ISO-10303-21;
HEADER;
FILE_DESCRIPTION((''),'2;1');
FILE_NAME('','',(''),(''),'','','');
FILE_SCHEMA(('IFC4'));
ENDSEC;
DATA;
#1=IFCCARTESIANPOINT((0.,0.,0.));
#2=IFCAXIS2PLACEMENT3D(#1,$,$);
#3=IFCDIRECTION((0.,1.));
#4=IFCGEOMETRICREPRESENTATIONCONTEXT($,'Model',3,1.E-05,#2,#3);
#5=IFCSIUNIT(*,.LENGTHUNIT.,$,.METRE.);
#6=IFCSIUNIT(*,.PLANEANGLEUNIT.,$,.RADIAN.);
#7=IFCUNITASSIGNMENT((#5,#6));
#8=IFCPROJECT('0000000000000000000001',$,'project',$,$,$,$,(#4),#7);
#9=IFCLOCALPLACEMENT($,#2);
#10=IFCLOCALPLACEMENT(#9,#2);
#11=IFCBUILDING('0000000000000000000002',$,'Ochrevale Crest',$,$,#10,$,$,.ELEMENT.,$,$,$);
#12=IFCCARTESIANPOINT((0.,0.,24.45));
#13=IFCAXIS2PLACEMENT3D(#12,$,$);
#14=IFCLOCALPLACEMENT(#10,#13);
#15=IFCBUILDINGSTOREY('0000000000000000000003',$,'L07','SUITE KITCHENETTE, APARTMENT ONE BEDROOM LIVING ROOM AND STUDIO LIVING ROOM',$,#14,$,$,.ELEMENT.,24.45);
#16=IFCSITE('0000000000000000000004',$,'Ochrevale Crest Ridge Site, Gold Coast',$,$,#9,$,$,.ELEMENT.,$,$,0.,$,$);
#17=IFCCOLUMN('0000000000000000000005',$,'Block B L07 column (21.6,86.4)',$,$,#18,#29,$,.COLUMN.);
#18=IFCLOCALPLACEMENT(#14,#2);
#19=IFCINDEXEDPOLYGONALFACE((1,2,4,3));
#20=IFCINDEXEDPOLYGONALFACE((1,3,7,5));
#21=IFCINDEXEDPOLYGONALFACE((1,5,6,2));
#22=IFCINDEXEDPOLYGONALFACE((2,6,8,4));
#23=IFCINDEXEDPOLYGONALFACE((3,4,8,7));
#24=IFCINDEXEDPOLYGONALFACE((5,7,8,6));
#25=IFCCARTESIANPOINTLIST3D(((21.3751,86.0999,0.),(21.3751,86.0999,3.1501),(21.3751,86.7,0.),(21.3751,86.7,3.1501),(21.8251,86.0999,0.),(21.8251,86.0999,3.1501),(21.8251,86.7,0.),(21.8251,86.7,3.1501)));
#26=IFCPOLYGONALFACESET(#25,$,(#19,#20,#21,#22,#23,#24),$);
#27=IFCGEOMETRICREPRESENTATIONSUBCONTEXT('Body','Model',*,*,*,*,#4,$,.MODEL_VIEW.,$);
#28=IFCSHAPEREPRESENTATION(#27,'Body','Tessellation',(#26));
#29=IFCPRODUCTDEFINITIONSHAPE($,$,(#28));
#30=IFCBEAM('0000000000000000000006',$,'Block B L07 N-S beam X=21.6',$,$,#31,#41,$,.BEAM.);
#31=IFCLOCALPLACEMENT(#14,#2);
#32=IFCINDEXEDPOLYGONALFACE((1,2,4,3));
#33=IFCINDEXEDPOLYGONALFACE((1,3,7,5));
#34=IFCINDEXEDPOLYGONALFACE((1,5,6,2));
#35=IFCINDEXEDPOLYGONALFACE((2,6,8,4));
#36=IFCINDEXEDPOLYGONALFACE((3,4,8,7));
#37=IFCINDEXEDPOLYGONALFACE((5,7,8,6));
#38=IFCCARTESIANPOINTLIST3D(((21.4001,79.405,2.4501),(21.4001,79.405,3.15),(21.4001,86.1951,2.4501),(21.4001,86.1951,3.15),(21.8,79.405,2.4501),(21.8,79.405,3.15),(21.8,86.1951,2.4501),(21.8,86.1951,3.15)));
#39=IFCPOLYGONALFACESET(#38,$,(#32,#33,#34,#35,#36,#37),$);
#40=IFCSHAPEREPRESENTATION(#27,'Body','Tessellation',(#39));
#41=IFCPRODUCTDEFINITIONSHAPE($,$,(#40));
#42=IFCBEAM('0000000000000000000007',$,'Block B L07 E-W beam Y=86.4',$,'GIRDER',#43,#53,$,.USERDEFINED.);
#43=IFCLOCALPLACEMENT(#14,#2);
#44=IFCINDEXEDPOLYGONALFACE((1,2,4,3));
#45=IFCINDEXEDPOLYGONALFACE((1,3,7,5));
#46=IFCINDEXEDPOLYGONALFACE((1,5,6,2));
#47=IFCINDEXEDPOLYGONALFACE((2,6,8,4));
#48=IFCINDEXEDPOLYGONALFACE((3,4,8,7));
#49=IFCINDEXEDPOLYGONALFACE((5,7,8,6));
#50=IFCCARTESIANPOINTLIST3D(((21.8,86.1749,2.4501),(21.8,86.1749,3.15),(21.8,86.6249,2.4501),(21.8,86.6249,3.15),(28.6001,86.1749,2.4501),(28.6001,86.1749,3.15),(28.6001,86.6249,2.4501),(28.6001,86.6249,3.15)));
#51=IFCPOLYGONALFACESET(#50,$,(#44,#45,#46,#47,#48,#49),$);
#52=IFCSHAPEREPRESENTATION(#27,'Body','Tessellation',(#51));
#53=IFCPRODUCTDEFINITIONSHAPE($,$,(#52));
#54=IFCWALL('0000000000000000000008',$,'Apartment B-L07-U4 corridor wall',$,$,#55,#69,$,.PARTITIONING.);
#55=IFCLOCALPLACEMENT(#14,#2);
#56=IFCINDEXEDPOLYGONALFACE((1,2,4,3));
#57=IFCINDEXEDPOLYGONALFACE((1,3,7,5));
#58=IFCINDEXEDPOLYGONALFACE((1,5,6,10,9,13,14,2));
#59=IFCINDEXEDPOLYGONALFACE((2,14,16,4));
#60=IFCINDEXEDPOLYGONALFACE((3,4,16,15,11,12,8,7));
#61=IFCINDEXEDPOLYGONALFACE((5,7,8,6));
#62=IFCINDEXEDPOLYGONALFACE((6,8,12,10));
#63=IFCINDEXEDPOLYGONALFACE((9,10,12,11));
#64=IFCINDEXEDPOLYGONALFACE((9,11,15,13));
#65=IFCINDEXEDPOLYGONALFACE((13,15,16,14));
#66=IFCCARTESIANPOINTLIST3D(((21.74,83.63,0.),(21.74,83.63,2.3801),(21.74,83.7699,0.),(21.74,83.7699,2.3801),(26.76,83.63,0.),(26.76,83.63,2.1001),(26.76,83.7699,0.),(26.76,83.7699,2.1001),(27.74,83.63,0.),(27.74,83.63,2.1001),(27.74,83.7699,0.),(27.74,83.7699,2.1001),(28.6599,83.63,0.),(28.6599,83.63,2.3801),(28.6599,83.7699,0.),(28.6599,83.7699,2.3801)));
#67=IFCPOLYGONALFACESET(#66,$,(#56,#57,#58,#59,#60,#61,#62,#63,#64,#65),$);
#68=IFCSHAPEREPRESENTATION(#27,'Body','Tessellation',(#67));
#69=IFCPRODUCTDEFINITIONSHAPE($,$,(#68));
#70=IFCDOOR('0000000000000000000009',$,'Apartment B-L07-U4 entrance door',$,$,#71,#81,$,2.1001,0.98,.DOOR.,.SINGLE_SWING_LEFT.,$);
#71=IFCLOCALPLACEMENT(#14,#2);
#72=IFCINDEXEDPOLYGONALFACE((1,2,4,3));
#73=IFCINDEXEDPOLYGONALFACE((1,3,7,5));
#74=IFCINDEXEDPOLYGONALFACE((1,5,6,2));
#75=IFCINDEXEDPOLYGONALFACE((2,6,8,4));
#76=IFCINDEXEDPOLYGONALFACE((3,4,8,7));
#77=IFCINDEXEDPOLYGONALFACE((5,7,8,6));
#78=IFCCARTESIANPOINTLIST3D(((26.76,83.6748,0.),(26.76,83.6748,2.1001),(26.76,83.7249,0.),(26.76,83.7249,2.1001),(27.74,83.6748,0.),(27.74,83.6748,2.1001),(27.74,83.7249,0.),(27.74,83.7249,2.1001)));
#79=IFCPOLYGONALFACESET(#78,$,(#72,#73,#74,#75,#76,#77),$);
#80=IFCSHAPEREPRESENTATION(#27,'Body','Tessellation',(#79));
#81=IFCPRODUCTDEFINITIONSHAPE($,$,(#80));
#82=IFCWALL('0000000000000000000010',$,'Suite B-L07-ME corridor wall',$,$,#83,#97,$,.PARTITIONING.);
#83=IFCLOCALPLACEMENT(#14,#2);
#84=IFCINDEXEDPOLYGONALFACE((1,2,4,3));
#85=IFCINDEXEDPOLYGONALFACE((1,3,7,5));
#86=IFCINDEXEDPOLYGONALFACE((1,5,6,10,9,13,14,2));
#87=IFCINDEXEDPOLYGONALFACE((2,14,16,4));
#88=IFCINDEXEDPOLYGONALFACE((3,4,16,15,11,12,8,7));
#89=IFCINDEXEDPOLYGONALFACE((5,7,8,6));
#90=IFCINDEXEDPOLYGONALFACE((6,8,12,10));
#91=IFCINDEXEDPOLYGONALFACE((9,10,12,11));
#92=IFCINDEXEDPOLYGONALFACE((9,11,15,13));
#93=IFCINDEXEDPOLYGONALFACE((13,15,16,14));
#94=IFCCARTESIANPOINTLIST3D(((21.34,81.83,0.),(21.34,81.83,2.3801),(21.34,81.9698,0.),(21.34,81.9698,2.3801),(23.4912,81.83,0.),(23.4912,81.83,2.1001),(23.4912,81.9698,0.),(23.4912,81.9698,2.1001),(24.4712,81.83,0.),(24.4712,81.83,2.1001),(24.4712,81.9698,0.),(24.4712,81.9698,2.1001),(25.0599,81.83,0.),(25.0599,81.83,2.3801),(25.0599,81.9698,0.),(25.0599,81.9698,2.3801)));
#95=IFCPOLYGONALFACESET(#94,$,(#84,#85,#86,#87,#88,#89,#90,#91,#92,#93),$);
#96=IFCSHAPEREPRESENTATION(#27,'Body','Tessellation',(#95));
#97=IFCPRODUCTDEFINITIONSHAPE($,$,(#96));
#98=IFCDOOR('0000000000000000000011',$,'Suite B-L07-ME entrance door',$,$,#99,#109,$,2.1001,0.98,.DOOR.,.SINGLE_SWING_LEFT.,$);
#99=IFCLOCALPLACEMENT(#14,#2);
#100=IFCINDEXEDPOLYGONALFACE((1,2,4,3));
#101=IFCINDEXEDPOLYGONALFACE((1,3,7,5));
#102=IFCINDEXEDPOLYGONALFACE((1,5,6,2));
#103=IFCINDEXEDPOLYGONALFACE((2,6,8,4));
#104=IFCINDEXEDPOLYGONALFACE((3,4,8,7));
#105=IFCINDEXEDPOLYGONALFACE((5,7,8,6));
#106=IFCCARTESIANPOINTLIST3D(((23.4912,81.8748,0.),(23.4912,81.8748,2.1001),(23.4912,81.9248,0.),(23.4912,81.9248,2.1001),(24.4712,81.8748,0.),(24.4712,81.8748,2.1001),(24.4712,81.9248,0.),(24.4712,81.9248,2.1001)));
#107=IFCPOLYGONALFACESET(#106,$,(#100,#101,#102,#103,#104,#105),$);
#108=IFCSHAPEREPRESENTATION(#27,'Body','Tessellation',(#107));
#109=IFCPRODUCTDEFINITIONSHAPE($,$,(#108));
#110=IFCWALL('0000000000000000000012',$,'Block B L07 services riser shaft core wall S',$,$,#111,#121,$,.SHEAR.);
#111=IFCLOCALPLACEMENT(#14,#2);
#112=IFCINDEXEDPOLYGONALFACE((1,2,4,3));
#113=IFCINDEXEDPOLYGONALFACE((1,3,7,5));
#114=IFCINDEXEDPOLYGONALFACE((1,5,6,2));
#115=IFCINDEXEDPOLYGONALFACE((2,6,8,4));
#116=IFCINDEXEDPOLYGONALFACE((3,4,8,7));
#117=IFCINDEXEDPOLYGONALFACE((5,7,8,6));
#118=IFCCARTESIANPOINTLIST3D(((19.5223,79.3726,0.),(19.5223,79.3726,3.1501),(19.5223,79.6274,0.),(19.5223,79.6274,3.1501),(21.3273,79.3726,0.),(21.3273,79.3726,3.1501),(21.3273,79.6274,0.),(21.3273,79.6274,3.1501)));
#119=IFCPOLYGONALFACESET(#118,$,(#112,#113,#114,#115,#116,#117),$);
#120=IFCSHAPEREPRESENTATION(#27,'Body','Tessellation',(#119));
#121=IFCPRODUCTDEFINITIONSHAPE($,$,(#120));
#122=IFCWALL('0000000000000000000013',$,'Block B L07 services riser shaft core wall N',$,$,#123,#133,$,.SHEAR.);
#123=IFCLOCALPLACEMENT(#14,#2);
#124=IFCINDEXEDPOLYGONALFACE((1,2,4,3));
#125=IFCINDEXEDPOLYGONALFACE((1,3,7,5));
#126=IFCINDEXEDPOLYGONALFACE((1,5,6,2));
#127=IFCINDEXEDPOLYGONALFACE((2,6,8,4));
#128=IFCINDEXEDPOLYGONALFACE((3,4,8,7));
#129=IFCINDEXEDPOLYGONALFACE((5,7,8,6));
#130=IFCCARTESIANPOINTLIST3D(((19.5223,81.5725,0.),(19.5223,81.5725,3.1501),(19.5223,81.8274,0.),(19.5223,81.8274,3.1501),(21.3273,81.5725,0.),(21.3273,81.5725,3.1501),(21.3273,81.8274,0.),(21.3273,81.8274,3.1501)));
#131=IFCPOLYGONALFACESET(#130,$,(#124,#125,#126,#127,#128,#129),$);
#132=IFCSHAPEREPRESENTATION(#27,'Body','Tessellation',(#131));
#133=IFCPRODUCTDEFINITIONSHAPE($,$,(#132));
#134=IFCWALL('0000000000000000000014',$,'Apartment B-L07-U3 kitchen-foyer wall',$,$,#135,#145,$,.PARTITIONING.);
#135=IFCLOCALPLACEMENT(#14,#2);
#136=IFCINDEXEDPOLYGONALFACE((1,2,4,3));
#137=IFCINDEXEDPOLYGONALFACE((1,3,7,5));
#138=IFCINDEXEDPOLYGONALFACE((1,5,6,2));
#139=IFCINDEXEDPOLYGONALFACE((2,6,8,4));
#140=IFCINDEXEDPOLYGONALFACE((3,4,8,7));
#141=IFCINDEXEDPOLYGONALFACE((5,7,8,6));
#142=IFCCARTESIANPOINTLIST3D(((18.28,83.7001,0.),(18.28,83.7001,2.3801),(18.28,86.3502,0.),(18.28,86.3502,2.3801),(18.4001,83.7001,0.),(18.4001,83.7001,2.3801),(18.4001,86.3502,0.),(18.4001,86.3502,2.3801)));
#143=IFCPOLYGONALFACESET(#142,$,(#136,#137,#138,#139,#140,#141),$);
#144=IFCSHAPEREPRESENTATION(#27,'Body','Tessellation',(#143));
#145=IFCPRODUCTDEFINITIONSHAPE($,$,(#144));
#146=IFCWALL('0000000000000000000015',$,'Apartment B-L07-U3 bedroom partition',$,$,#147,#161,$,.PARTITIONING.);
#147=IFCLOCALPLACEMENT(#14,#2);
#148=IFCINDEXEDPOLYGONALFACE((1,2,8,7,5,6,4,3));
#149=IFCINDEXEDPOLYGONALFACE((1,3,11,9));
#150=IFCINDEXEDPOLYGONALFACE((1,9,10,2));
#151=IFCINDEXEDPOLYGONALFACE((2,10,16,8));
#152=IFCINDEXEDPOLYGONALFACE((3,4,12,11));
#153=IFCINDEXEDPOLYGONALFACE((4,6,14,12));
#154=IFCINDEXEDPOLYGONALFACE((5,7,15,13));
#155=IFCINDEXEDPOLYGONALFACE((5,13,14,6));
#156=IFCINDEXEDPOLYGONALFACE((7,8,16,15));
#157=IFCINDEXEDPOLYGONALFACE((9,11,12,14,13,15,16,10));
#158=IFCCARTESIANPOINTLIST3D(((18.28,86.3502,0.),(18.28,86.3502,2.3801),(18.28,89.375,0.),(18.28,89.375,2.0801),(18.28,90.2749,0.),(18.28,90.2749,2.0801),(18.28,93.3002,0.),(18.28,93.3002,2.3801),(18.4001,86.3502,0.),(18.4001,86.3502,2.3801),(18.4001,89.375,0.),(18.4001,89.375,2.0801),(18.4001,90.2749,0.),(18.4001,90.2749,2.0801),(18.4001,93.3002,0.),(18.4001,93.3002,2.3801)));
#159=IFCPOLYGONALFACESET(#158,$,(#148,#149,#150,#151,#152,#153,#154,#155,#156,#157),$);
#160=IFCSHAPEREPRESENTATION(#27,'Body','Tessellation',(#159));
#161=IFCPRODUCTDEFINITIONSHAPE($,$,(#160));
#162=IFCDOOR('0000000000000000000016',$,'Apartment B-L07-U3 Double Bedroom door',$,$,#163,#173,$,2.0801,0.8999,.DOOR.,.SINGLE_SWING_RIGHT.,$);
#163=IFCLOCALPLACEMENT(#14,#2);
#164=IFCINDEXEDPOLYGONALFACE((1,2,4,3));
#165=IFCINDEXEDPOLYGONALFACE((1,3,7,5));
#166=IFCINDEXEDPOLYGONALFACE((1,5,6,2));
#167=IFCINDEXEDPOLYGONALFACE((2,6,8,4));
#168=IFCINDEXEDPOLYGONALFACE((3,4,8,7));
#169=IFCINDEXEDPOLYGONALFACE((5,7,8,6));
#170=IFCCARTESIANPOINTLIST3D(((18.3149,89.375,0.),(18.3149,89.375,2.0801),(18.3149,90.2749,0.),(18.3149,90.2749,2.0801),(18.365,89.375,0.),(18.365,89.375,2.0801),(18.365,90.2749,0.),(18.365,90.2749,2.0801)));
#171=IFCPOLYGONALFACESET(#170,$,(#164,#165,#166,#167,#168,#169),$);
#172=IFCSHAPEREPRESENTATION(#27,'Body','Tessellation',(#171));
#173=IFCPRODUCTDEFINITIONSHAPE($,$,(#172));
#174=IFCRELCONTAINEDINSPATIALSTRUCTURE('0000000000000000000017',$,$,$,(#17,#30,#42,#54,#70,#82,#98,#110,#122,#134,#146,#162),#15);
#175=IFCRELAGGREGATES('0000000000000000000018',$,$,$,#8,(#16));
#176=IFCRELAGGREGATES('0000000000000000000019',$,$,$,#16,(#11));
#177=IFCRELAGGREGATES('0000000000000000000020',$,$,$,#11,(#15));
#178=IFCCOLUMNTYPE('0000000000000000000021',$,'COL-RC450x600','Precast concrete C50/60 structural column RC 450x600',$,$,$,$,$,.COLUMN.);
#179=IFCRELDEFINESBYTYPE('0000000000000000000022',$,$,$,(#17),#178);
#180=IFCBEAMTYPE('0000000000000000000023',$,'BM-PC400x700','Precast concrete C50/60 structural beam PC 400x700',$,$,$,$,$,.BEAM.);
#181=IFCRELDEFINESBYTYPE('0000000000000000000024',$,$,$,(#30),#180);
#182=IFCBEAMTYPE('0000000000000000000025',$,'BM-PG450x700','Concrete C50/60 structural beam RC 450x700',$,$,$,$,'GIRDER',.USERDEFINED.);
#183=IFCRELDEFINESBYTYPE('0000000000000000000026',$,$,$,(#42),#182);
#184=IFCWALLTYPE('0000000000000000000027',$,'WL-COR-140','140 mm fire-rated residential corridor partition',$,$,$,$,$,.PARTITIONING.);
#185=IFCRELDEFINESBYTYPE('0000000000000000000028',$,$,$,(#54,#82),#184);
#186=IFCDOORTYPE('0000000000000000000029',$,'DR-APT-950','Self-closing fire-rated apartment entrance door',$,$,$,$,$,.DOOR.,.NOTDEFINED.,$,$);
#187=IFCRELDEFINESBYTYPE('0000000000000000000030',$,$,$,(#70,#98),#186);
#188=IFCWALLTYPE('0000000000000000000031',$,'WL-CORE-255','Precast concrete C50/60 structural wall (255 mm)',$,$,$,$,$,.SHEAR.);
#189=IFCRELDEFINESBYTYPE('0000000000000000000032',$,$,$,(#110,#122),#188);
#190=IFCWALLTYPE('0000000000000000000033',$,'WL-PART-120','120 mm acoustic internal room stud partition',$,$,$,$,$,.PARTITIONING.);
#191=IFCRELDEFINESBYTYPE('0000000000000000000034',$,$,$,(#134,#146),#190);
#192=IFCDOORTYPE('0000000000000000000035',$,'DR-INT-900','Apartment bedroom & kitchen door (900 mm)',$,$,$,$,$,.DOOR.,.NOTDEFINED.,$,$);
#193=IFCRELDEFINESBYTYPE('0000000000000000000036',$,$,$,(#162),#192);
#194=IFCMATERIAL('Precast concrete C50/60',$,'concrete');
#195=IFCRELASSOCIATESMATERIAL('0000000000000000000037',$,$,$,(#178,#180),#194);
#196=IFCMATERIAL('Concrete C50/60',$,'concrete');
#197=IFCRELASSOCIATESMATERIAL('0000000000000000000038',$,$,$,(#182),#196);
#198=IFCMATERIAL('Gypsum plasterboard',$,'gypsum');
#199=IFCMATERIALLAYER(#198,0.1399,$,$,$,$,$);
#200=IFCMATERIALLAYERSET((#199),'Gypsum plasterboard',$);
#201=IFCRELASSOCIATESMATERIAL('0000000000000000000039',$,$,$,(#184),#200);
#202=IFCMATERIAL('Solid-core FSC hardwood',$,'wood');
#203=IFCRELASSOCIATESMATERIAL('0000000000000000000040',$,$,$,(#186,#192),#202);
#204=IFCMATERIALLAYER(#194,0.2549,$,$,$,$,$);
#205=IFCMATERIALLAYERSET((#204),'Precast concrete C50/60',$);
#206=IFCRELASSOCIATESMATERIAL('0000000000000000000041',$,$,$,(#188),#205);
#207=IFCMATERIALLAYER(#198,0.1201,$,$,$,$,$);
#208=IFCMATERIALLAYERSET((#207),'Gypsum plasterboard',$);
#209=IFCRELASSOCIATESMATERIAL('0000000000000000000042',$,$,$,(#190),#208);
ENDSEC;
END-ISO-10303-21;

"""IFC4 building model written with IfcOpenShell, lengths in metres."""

from ifc_helpers import new_model, si_unit, direction, frame, frame_2d, origin, origin_2d, place, context, subcontext, project, spatial, rectangle, extrude, material, layer, layer_set, material_profile, profile_set, type_object, element, fill, save


model = new_model("IFC4")

# Units and contexts
model_context = context("Model", 3, precision=1e-05, world=origin(), true_north=direction((0.0, 1.0)))
body_context = subcontext(model_context, "Body", "Model", "MODEL_VIEW")
ifc_project = project(units=[si_unit("LENGTHUNIT", "METRE"), si_unit("PLANEANGLEUNIT", "RADIAN")], contexts=[model_context])

# Site, building, storey
site_placement = place(None, origin())
site = spatial("IfcSite", under=ifc_project, at=site_placement, Name="Ochrevale Crest Ridge Site, Gold Coast", CompositionType="ELEMENT", RefElevation=0.0)
building_placement = place(site_placement, origin())
building = spatial("IfcBuilding", under=site, at=building_placement, Name="Ochrevale Crest", CompositionType="ELEMENT")
storey_placement = place(building_placement, frame((0.0, 0.0, 24.45)))
storey = spatial("IfcBuildingStorey", under=building, at=storey_placement, Name="L07", Description="SUITE KITCHENETTE, APARTMENT ONE BEDROOM LIVING ROOM AND STUDIO LIVING ROOM", CompositionType="ELEMENT", Elevation=24.45)

# Column
ifc_material_1 = material(Name="Precast concrete C50/60", Category="concrete")
ifc_material_profile_1 = material_profile(ifc_material_1, rectangle(XDim=0.45, YDim=0.6001, at=origin_2d()), Name="RC 450x600")
ifc_profile_set_1 = profile_set([ifc_material_profile_1], Name="Precast concrete C50/60")
column_type = type_object("IfcColumnType", Name="COL-RC450x600", Description="Precast concrete C50/60 structural column RC 450x600", PredefinedType="COLUMN", material=ifc_profile_set_1)
column_placement = place(storey_placement, frame((21.6001, 86.3999, 0.0), z_axis=(0.0, 0.0, 1.0), x_axis=(1.0, 0.0, 0.0)))
element("IfcColumn", 1, at=column_placement, inside=storey, type_object=column_type, Name="Block B L07 column (21.6,86.4)", PredefinedType="COLUMN", context=body_context, shape_type="SweptSolid", body=[
    extrude(rectangle(XDim=0.45, YDim=0.6001, at=origin_2d()), origin(), (0.0, 0.0, 1.0), 3.1501),
])

# Beams
ifc_material_profile_2 = material_profile(ifc_material_1, rectangle(XDim=0.3999, YDim=0.7, at=origin_2d()), Name="PC 400x700")
ifc_profile_set_2 = profile_set([ifc_material_profile_2], Name="Precast concrete C50/60")
beam_type_1 = type_object("IfcBeamType", Name="BM-PC400x700", Description="Precast concrete C50/60 structural beam PC 400x700", PredefinedType="BEAM", material=ifc_profile_set_2)
beam_1_placement = place(storey_placement, frame((21.6001, 79.405, 2.8), z_axis=(0.0, 1.0, 0.0), x_axis=(-1.0, 0.0, 0.0)))
element("IfcBeam", 2, at=beam_1_placement, inside=storey, type_object=beam_type_1, Name="Block B L07 N-S beam X=21.6", PredefinedType="BEAM", context=body_context, shape_type="SweptSolid", body=[
    extrude(rectangle(XDim=0.3999, YDim=0.7, at=origin_2d()), origin(), (0.0, 0.0, 1.0), 6.79),
])
ifc_material_2 = material(Name="Concrete C50/60", Category="concrete")
ifc_material_profile_3 = material_profile(ifc_material_2, rectangle(XDim=0.45, YDim=0.7, at=origin_2d()), Name="RC 450x700")
ifc_profile_set_3 = profile_set([ifc_material_profile_3], Name="Concrete C50/60")
beam_type_2 = type_object("IfcBeamType", Name="BM-PG450x700", Description="Concrete C50/60 structural beam RC 450x700", ElementType="GIRDER", PredefinedType="USERDEFINED", material=ifc_profile_set_3)
beam_2_placement = place(storey_placement, frame((21.8, 86.3999, 2.8), z_axis=(1.0, 0.0, 0.0), x_axis=(0.0, 1.0, 0.0)))
element("IfcBeam", 3, at=beam_2_placement, inside=storey, type_object=beam_type_2, Name="Block B L07 E-W beam Y=86.4", ObjectType="GIRDER", PredefinedType="USERDEFINED", context=body_context, shape_type="SweptSolid", body=[
    extrude(rectangle(XDim=0.45, YDim=0.7, at=origin_2d()), origin(), (0.0, 0.0, 1.0), 6.8),
])

# Walls, openings, doors
ifc_material_3 = material(Name="Gypsum plasterboard", Category="gypsum")
ifc_layer_1 = layer(ifc_material_3, 0.1399)
ifc_layer_set_1 = layer_set([ifc_layer_1], Name="Gypsum plasterboard")
wall_type_1 = type_object("IfcWallType", Name="WL-COR-140", Description="140 mm fire-rated residential corridor partition", PredefinedType="PARTITIONING", material=ifc_layer_set_1)
wall_1_placement = place(storey_placement, frame((21.74, 83.7, 0.0), z_axis=(0.0, 0.0, 1.0), x_axis=(1.0, 0.0, 0.0)))
wall_1 = element("IfcWall", 4, at=wall_1_placement, inside=storey, type_object=wall_type_1, Name="Apartment B-L07-U4 corridor wall", PredefinedType="PARTITIONING", context=body_context, shape_type="SweptSolid", body=[
    extrude(rectangle(XDim=6.9199, YDim=0.1399, at=frame_2d((3.46, 0.0))), origin(), (0.0, 0.0, 1.0), 2.3801),
])
opening_1_placement = place(wall_1_placement, frame((5.02, 0.0, 0.0)))
opening_1 = element("IfcOpeningElement", 5, at=opening_1_placement, cuts=wall_1, PredefinedType="OPENING", context=body_context, shape_type="SweptSolid", body=[
    extrude(rectangle(XDim=0.98, YDim=2.1001, at=frame_2d((0.49, 1.05))), frame((0.0, 0.0801, 0.0), z_axis=(0.0, -1.0, 0.0), x_axis=(1.0, 0.0, 0.0)), (0.0, 0.0, 1.0), 0.1599),
])
ifc_material_4 = material(Name="Solid-core FSC hardwood", Category="wood")
door_type_1 = type_object("IfcDoorType", Name="DR-APT-950", Description="Self-closing fire-rated apartment entrance door", OperationType="NOTDEFINED", PredefinedType="DOOR", material=ifc_material_4)
door_1_placement = place(opening_1_placement, origin())
door_1 = element("IfcDoor", 6, at=door_1_placement, inside=storey, type_object=door_type_1, Name="Apartment B-L07-U4 entrance door", OperationType="SINGLE_SWING_LEFT", OverallHeight=2.1001, OverallWidth=0.98, PredefinedType="DOOR", context=body_context, shape_type="SweptSolid", body=[
    extrude(rectangle(XDim=0.98, YDim=2.1001, at=frame_2d((0.49, 1.05))), frame((0.0, 0.0249, 0.0), z_axis=(0.0, -1.0, 0.0), x_axis=(1.0, 0.0, 0.0)), (0.0, 0.0, 1.0), 0.05),
])
fill(opening_1, door_1)
wall_2_placement = place(storey_placement, frame((21.3401, 81.8999, 0.0), z_axis=(0.0, 0.0, 1.0), x_axis=(1.0, 0.0, 0.0)))
wall_2 = element("IfcWall", 7, at=wall_2_placement, inside=storey, type_object=wall_type_1, Name="Suite B-L07-ME corridor wall", PredefinedType="PARTITIONING", context=body_context, shape_type="SweptSolid", body=[
    extrude(rectangle(XDim=3.72, YDim=0.1399, at=frame_2d((1.8599, 0.0))), origin(), (0.0, 0.0, 1.0), 2.3801),
])
opening_2_placement = place(wall_2_placement, frame((2.1511, 0.0, 0.0)))
opening_2 = element("IfcOpeningElement", 8, at=opening_2_placement, cuts=wall_2, PredefinedType="OPENING", context=body_context, shape_type="SweptSolid", body=[
    extrude(rectangle(XDim=0.98, YDim=2.1001, at=frame_2d((0.49, 1.05))), frame((0.0, 0.0801, 0.0), z_axis=(0.0, -1.0, 0.0), x_axis=(1.0, 0.0, 0.0)), (0.0, 0.0, 1.0), 0.1599),
])
door_2_placement = place(opening_2_placement, origin())
door_2 = element("IfcDoor", 9, at=door_2_placement, inside=storey, type_object=door_type_1, Name="Suite B-L07-ME entrance door", OperationType="SINGLE_SWING_LEFT", OverallHeight=2.1001, OverallWidth=0.98, PredefinedType="DOOR", context=body_context, shape_type="SweptSolid", body=[
    extrude(rectangle(XDim=0.98, YDim=2.1001, at=frame_2d((0.49, 1.05))), frame((0.0, 0.0249, 0.0), z_axis=(0.0, -1.0, 0.0), x_axis=(1.0, 0.0, 0.0)), (0.0, 0.0, 1.0), 0.05),
])
fill(opening_2, door_2)
ifc_layer_2 = layer(ifc_material_1, 0.2549)
ifc_layer_set_2 = layer_set([ifc_layer_2], Name="Precast concrete C50/60")
wall_type_2 = type_object("IfcWallType", Name="WL-CORE-255", Description="Precast concrete C50/60 structural wall (255 mm)", PredefinedType="SHEAR", material=ifc_layer_set_2)

# Walls
for number, where, z_axis, x_axis, name in (
    (10, (19.5225, 79.5, 0.0), (0.0, 0.0, 1.0), (1.0, 0.0, 0.0), "Block B L07 services riser shaft core wall S"),
    (11, (19.5225, 81.7, 0.0), (0.0, 0.0, 1.0), (1.0, 0.0, 0.0), "Block B L07 services riser shaft core wall N"),
):
    element("IfcWall", number, at=place(storey_placement, frame(where, z_axis=z_axis, x_axis=x_axis)), inside=storey, type_object=wall_type_2, Name=name, PredefinedType="SHEAR", context=body_context, shape_type="SweptSolid", body=[
        extrude(rectangle(XDim=1.8049, YDim=0.2549, at=frame_2d((0.9023, 0.0))), origin(), (0.0, 0.0, 1.0), 3.1501),
    ])
ifc_layer_3 = layer(ifc_material_3, 0.1201)
ifc_layer_set_3 = layer_set([ifc_layer_3], Name="Gypsum plasterboard")
wall_type_3 = type_object("IfcWallType", Name="WL-PART-120", Description="120 mm acoustic internal room stud partition", PredefinedType="PARTITIONING", material=ifc_layer_set_3)
wall_3_placement = place(storey_placement, frame((18.3401, 83.7, 0.0), z_axis=(0.0, 0.0, 1.0), x_axis=(0.0, 1.0, 0.0)))
element("IfcWall", 12, at=wall_3_placement, inside=storey, type_object=wall_type_3, Name="Apartment B-L07-U3 kitchen-foyer wall", PredefinedType="PARTITIONING", context=body_context, shape_type="SweptSolid", body=[
    extrude(rectangle(XDim=2.6501, YDim=0.1201, at=frame_2d((1.3252, 0.0))), origin(), (0.0, 0.0, 1.0), 2.3801),
])

# Wall, opening, door
wall_4_placement = place(storey_placement, frame((18.3401, 86.3501, 0.0), z_axis=(0.0, 0.0, 1.0), x_axis=(0.0, 1.0, 0.0)))
wall_4 = element("IfcWall", 13, at=wall_4_placement, inside=storey, type_object=wall_type_3, Name="Apartment B-L07-U3 bedroom partition", PredefinedType="PARTITIONING", context=body_context, shape_type="SweptSolid", body=[
    extrude(rectangle(XDim=6.95, YDim=0.1201, at=frame_2d((3.4751, 0.0))), origin(), (0.0, 0.0, 1.0), 2.3801),
])
opening_3_placement = place(wall_4_placement, frame((3.9248, 0.0, 0.0), z_axis=(0.0, 0.0, 1.0), x_axis=(-1.0, 0.0, 0.0)))
opening_3 = element("IfcOpeningElement", 14, at=opening_3_placement, cuts=wall_4, PredefinedType="OPENING", context=body_context, shape_type="SweptSolid", body=[
    extrude(rectangle(XDim=0.8999, YDim=2.0801, at=frame_2d((0.45, 1.04))), frame((0.0, 0.0701, 0.0), z_axis=(0.0, -1.0, 0.0), x_axis=(1.0, 0.0, 0.0)), (0.0, 0.0, 1.0), 0.1401),
])
door_type_2 = type_object("IfcDoorType", Name="DR-INT-900", Description="Apartment bedroom & kitchen door (900 mm)", OperationType="NOTDEFINED", PredefinedType="DOOR", material=ifc_material_4)
door_3_placement = place(opening_3_placement, origin())
door_3 = element("IfcDoor", 15, at=door_3_placement, inside=storey, type_object=door_type_2, Name="Apartment B-L07-U3 Double Bedroom door", OperationType="SINGLE_SWING_RIGHT", OverallHeight=2.0801, OverallWidth=0.8999, PredefinedType="DOOR", context=body_context, shape_type="SweptSolid", body=[
    extrude(rectangle(XDim=0.8999, YDim=2.0801, at=frame_2d((0.45, 1.04))), frame((0.0, 0.0249, 0.0), z_axis=(0.0, -1.0, 0.0), x_axis=(1.0, 0.0, 0.0)), (0.0, 0.0, 1.0), 0.05),
])
fill(opening_3, door_3)

save(model, "model.ifc")
